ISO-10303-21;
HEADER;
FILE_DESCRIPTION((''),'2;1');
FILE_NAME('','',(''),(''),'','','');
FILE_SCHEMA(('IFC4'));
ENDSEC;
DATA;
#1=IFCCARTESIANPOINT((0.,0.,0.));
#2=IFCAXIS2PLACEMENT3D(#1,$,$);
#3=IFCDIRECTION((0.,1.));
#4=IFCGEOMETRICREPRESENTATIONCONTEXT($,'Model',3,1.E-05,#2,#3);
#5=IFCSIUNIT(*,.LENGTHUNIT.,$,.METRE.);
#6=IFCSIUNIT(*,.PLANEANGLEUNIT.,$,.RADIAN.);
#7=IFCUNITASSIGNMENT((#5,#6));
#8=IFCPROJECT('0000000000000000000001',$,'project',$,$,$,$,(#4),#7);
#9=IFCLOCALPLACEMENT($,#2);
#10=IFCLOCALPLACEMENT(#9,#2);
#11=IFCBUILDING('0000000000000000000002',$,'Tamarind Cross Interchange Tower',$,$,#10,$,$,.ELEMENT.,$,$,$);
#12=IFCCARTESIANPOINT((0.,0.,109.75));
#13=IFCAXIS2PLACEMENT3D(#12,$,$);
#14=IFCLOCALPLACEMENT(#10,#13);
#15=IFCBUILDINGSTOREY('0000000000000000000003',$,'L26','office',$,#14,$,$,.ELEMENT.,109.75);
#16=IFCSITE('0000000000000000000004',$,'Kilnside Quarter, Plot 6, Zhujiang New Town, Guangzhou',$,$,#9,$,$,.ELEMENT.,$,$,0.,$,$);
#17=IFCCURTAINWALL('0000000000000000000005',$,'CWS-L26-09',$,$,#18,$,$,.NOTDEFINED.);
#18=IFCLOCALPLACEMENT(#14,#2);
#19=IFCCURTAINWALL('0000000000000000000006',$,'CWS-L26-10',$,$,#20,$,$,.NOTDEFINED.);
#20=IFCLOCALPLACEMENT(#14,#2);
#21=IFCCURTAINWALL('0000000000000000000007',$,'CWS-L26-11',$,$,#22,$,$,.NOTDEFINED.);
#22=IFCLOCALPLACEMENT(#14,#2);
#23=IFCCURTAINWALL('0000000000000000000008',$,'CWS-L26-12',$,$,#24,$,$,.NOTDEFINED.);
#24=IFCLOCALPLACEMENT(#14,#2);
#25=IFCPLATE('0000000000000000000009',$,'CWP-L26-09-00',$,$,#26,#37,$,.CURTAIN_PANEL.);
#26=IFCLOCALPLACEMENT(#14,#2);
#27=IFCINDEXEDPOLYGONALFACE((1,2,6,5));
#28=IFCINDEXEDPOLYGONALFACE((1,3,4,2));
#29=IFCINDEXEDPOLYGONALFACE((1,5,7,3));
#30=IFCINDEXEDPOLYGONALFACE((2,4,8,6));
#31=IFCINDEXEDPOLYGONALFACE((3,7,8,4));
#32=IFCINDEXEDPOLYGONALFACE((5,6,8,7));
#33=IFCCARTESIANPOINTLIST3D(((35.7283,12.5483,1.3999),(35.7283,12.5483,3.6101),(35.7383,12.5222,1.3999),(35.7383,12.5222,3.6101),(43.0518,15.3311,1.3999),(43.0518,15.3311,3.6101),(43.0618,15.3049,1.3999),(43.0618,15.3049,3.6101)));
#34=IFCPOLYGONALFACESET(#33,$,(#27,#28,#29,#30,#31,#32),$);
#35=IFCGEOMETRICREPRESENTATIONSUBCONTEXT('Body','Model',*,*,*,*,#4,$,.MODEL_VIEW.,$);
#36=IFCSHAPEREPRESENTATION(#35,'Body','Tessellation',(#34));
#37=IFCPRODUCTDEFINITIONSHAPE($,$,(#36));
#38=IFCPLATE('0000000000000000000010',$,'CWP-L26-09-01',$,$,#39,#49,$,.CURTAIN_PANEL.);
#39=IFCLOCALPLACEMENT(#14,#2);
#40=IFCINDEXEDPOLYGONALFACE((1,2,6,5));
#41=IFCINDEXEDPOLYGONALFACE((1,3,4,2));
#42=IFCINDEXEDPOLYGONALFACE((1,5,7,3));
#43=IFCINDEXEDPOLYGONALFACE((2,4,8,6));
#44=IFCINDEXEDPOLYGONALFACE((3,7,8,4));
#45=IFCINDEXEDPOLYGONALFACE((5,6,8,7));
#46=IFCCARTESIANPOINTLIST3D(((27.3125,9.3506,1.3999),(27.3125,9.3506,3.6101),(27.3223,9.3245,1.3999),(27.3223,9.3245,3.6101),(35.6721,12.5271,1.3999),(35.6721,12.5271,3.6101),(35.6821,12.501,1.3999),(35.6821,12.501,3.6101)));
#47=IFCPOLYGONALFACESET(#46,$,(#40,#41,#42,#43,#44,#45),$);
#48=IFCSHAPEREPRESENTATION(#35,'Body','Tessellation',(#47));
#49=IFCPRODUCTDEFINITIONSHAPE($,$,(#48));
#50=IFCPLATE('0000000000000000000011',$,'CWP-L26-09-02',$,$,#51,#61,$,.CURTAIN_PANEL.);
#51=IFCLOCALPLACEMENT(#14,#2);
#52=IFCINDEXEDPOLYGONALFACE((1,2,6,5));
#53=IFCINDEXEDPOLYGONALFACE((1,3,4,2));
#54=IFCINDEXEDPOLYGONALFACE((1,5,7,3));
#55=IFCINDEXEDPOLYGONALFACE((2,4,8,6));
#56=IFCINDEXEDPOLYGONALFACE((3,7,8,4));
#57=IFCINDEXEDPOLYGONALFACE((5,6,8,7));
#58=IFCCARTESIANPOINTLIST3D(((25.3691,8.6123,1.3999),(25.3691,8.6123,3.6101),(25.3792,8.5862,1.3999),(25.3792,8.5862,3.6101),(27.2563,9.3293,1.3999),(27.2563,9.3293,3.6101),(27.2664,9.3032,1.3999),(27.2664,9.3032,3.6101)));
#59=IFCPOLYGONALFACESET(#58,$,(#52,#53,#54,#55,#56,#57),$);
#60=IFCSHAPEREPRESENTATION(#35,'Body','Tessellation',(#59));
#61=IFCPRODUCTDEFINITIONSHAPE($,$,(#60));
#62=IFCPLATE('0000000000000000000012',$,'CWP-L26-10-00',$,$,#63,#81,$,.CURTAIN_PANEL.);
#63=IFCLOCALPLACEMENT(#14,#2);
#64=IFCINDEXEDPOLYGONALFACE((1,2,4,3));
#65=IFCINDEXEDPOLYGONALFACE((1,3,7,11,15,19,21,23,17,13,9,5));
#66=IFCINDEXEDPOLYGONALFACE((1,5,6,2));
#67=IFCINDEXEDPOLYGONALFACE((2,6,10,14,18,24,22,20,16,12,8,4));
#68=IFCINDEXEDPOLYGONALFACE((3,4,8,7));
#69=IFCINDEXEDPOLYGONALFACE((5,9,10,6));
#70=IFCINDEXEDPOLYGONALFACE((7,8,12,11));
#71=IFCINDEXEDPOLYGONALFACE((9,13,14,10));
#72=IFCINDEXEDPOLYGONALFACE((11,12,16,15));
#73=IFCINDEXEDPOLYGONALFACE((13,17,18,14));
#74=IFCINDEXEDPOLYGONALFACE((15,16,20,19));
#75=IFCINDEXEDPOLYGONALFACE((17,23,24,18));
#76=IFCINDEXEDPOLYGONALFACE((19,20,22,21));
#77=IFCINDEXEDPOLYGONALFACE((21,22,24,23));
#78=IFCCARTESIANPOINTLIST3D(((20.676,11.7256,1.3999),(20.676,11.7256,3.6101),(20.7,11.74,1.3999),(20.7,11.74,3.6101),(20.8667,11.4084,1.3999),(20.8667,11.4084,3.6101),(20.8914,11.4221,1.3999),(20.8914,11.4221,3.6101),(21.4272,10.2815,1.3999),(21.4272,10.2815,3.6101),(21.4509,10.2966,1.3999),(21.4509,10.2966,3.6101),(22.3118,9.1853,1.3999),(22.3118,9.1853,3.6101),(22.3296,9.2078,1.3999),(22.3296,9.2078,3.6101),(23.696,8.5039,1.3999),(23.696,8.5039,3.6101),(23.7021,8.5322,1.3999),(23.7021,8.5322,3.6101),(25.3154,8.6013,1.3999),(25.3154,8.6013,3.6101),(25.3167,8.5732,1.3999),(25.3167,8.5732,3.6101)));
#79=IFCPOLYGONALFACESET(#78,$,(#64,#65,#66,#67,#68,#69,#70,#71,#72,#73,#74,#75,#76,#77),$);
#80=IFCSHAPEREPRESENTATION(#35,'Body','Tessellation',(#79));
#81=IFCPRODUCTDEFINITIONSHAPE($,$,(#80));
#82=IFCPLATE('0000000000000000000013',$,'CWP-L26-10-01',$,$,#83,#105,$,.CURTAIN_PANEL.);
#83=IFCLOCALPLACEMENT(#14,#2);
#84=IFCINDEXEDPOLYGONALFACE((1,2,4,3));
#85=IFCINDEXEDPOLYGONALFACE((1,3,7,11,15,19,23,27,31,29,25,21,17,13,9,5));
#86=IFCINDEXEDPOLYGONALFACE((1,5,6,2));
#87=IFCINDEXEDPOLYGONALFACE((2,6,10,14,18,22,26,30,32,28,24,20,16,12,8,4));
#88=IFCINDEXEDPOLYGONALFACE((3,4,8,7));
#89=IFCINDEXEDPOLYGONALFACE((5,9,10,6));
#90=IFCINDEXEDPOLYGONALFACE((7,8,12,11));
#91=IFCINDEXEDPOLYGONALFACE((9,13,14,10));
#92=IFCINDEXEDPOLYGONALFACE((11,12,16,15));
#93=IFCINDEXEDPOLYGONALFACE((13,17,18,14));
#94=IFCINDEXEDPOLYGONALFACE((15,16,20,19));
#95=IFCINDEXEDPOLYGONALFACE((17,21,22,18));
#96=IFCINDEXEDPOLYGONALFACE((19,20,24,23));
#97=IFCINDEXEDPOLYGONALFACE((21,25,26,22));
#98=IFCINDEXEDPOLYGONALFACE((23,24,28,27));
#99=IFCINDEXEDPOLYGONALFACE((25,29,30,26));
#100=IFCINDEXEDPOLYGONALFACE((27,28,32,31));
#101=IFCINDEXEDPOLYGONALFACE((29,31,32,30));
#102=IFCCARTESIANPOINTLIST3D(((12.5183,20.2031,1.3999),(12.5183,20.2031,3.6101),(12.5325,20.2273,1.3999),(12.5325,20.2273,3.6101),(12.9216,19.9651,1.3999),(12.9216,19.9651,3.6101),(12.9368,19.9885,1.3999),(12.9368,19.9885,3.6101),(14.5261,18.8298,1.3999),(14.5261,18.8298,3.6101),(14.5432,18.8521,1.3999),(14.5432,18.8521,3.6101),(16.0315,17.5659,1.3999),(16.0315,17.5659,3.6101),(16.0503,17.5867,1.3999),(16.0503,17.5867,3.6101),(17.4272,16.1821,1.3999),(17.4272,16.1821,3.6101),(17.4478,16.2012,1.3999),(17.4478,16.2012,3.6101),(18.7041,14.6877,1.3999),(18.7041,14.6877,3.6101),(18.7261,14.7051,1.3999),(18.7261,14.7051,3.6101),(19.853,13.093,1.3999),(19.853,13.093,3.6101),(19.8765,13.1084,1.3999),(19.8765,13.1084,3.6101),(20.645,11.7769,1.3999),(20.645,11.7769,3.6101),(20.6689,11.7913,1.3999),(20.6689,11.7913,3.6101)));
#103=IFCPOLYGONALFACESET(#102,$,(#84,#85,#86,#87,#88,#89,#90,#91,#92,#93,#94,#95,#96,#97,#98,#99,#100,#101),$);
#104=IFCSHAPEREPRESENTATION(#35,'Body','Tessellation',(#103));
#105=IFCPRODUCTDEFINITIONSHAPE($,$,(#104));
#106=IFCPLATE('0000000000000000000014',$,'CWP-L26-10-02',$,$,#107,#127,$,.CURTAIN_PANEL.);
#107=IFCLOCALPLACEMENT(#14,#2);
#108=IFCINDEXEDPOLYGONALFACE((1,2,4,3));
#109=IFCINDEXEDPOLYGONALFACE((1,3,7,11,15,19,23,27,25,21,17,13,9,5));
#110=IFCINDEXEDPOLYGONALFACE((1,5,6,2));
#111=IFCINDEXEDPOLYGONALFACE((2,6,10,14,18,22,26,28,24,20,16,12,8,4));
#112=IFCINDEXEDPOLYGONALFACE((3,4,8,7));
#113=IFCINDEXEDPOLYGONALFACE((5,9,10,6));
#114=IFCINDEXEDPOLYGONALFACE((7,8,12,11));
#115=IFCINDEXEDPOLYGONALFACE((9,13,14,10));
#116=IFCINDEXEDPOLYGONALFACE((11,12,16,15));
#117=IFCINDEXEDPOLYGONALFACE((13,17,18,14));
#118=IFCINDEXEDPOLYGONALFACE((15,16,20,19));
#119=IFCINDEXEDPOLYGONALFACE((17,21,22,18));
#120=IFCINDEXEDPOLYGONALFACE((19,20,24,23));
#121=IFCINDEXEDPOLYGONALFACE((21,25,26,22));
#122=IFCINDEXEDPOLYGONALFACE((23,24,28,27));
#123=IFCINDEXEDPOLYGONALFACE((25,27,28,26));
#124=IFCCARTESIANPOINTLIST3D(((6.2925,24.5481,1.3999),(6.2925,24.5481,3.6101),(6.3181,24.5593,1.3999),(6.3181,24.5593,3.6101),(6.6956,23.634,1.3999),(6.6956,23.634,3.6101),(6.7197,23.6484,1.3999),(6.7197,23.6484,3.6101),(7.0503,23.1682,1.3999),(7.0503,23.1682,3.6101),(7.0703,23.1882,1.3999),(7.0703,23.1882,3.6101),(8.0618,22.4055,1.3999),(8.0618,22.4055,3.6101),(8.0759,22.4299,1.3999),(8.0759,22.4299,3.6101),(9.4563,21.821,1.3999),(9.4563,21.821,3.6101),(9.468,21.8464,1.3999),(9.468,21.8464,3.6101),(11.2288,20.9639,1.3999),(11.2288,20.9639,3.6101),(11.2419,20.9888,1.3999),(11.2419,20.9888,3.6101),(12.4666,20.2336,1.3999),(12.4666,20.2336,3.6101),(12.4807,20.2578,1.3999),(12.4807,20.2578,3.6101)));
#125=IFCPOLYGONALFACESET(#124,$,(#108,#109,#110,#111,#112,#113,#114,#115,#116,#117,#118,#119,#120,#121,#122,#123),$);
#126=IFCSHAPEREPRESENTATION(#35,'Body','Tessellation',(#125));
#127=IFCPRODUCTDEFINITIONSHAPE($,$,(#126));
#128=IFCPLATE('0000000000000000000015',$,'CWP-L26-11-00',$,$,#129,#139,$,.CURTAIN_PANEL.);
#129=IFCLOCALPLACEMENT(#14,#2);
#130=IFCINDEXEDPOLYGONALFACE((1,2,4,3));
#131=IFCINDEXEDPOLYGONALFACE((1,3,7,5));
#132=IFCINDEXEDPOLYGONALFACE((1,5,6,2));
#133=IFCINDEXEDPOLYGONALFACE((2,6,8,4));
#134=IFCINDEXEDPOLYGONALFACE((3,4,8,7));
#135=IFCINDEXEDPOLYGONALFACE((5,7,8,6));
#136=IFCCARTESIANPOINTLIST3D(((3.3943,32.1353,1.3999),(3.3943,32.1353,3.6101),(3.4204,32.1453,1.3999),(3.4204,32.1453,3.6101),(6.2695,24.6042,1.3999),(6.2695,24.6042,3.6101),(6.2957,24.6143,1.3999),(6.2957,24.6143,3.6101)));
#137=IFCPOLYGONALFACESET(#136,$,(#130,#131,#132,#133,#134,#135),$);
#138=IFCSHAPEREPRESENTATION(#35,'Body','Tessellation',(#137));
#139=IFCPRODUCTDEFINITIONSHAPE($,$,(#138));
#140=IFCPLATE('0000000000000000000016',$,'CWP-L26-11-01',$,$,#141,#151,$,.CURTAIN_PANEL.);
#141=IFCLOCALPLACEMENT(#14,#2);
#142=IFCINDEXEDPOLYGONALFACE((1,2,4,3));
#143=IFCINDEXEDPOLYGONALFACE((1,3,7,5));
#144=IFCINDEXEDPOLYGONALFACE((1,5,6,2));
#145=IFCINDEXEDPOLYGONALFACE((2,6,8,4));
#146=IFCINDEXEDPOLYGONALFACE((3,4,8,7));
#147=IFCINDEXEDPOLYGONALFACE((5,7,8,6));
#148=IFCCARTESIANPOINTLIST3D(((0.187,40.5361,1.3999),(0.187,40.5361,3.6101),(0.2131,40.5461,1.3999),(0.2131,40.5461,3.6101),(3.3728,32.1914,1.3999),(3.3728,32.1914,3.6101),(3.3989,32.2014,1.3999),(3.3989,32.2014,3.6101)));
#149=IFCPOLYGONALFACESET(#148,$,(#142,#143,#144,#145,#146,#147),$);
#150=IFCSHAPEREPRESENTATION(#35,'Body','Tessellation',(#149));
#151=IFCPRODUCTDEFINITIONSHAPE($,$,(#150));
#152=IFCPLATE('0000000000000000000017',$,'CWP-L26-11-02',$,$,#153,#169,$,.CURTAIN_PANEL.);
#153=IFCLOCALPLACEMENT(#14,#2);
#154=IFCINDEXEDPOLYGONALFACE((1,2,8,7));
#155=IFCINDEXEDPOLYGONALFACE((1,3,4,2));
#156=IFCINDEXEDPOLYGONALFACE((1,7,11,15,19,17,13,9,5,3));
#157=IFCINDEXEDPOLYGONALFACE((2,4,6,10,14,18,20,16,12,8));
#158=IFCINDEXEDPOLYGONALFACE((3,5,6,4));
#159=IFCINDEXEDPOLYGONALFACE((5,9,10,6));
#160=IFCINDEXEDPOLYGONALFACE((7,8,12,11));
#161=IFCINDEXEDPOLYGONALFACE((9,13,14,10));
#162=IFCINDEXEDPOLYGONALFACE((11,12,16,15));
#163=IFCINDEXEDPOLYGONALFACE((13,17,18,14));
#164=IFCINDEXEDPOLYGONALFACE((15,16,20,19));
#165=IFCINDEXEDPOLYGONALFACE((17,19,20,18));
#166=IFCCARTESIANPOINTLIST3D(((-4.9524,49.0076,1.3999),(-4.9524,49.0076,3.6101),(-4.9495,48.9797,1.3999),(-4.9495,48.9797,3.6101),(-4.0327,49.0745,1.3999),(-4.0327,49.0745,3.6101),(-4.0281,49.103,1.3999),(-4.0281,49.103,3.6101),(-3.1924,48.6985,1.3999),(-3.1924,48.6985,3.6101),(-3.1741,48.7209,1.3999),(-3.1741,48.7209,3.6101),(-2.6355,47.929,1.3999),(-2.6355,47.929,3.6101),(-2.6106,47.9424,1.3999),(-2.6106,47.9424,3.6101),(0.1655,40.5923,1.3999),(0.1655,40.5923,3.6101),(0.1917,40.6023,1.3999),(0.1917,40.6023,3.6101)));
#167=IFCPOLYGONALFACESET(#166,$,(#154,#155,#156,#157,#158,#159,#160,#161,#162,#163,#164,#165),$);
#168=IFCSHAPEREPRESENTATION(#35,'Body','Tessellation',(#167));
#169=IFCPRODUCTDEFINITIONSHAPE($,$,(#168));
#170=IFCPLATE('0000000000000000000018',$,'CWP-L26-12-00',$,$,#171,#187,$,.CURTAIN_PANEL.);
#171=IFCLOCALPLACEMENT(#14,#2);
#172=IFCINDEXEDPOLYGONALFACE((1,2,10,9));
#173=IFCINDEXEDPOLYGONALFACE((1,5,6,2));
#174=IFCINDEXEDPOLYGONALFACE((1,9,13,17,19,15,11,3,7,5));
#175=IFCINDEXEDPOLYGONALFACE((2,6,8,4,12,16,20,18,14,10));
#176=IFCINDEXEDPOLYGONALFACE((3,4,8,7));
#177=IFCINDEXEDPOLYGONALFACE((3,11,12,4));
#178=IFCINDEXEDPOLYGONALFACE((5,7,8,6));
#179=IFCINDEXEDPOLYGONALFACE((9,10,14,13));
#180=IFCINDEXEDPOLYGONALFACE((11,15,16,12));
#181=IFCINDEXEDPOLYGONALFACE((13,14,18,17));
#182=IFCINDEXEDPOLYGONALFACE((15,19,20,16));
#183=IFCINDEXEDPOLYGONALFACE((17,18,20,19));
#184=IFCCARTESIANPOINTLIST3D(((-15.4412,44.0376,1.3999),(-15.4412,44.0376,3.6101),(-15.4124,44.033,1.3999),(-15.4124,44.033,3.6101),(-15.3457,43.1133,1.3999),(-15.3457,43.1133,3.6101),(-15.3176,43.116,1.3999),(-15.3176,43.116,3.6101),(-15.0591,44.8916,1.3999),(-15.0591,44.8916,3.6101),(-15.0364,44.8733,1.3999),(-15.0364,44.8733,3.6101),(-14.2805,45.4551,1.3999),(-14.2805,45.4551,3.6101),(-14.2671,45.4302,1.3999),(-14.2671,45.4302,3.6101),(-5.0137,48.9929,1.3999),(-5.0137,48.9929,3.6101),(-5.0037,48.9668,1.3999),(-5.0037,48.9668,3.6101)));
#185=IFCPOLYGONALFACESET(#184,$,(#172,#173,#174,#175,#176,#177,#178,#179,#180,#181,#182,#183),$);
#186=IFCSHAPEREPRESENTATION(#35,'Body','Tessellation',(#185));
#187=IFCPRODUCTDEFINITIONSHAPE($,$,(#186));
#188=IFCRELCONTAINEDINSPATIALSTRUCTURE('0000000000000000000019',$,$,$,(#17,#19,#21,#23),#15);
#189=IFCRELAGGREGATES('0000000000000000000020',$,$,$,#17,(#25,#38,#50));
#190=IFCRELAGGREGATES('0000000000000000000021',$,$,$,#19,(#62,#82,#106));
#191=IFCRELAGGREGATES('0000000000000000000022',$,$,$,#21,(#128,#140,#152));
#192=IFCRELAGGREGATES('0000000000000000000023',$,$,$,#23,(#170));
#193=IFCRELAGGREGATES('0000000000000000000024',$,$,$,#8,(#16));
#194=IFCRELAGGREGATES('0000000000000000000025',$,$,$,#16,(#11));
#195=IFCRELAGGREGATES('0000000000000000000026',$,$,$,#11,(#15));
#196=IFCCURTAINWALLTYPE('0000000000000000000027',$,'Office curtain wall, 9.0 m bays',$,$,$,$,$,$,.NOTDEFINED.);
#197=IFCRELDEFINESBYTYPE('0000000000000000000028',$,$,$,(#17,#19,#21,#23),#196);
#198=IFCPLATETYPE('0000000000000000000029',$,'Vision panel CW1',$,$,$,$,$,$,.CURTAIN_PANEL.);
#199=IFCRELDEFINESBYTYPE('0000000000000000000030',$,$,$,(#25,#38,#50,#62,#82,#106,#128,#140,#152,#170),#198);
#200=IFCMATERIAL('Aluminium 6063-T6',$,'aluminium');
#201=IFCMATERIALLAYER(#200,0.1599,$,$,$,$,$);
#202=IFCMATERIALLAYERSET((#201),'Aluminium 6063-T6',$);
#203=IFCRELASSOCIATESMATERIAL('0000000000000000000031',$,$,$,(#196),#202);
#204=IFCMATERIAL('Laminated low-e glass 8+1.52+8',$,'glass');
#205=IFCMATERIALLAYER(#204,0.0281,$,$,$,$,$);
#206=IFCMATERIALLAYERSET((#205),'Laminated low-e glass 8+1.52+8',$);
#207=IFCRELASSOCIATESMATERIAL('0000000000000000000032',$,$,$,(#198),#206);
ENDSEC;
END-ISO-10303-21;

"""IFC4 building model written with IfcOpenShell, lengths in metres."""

from ifc_helpers import new_model, si_unit, direction, frame, origin, place, context, subcontext, project, spatial, polyline, outline, extrude, material, layer, layer_set, type_object, element, aggregate, save


model = new_model("IFC4")

# Units and contexts
model_context = context("Model", 3, precision=1e-05, world=origin(), true_north=direction((0.0, 1.0)))
body_context = subcontext(model_context, "Body", "Model", "MODEL_VIEW")
ifc_project = project(units=[si_unit("LENGTHUNIT", "METRE"), si_unit("PLANEANGLEUNIT", "RADIAN")], contexts=[model_context])

# Site, building, storey
site_placement = place(None, origin())
site = spatial("IfcSite", under=ifc_project, at=site_placement, Name="Kilnside Quarter, Plot 6, Zhujiang New Town, Guangzhou", CompositionType="ELEMENT", RefElevation=0.0)
building_placement = place(site_placement, origin())
building = spatial("IfcBuilding", under=site, at=building_placement, Name="Tamarind Cross Interchange Tower", CompositionType="ELEMENT")
storey_placement = place(building_placement, frame((0.0, 0.0, 109.75)))
storey = spatial("IfcBuildingStorey", under=building, at=storey_placement, Name="L26", Description="office", CompositionType="ELEMENT", Elevation=109.75)

# Curtain walls
ifc_material_1 = material(Name="Aluminium 6063-T6", Category="aluminium")
ifc_layer_1 = layer(ifc_material_1, 0.1599)
ifc_layer_set_1 = layer_set([ifc_layer_1], Name="Aluminium 6063-T6")
curtain_wall_type = type_object("IfcCurtainWallType", Name="Office curtain wall, 9.0 m bays", PredefinedType="NOTDEFINED", material=ifc_layer_set_1)
curtain_wall_1_placement = place(storey_placement, origin())
curtain_wall_1 = element("IfcCurtainWall", 1, at=curtain_wall_1_placement, inside=storey, type_object=curtain_wall_type, Name="CWS-L26-09", PredefinedType="NOTDEFINED")
curtain_wall_2_placement = place(storey_placement, origin())
curtain_wall_2 = element("IfcCurtainWall", 2, at=curtain_wall_2_placement, inside=storey, type_object=curtain_wall_type, Name="CWS-L26-10", PredefinedType="NOTDEFINED")
curtain_wall_3_placement = place(storey_placement, origin())
curtain_wall_3 = element("IfcCurtainWall", 3, at=curtain_wall_3_placement, inside=storey, type_object=curtain_wall_type, Name="CWS-L26-11", PredefinedType="NOTDEFINED")
curtain_wall_4_placement = place(storey_placement, origin())
curtain_wall_4 = element("IfcCurtainWall", 4, at=curtain_wall_4_placement, inside=storey, type_object=curtain_wall_type, Name="CWS-L26-12", PredefinedType="NOTDEFINED")

# Plates
ifc_material_2 = material(Name="Laminated low-e glass 8+1.52+8", Category="glass")
ifc_layer_2 = layer(ifc_material_2, 0.0281)
ifc_layer_set_2 = layer_set([ifc_layer_2], Name="Laminated low-e glass 8+1.52+8")
plate_type = type_object("IfcPlateType", Name="Vision panel CW1", PredefinedType="CURTAIN_PANEL", material=ifc_layer_set_2)
plate_1_placement = place(storey_placement, frame((0.0, 0.0, 1.3999)))
plate_1 = element("IfcPlate", 5, at=plate_1_placement, type_object=plate_type, Name="CWP-L26-09-00", PredefinedType="CURTAIN_PANEL", context=body_context, shape_type="SweptSolid", body=[
    extrude(outline(polyline([(43.0618, 15.3049), (35.7383, 12.5222), (35.7283, 12.5483), (43.0518, 15.3311), (43.0618, 15.3049)])), origin(), (0.0, 0.0, 1.0), 2.2102),
])
plate_2_placement = place(storey_placement, frame((0.0, 0.0, 1.3999)))
plate_2 = element("IfcPlate", 6, at=plate_2_placement, type_object=plate_type, Name="CWP-L26-09-01", PredefinedType="CURTAIN_PANEL", context=body_context, shape_type="SweptSolid", body=[
    extrude(outline(polyline([(35.6821, 12.501), (27.3223, 9.3245), (27.3125, 9.3506), (35.6721, 12.5271), (35.6821, 12.501)])), origin(), (0.0, 0.0, 1.0), 2.2102),
])
plate_3_placement = place(storey_placement, frame((0.0, 0.0, 1.3999)))
plate_3 = element("IfcPlate", 7, at=plate_3_placement, type_object=plate_type, Name="CWP-L26-09-02", PredefinedType="CURTAIN_PANEL", context=body_context, shape_type="SweptSolid", body=[
    extrude(outline(polyline([(27.2664, 9.3032), (25.3792, 8.5862), (25.3691, 8.6123), (27.2563, 9.3293), (27.2664, 9.3032)])), origin(), (0.0, 0.0, 1.0), 2.2102),
])
aggregate(curtain_wall_1, [plate_1, plate_2, plate_3])
plate_4_placement = place(storey_placement, frame((0.0, 0.0, 1.3999)))
plate_4 = element("IfcPlate", 8, at=plate_4_placement, type_object=plate_type, Name="CWP-L26-10-00", PredefinedType="CURTAIN_PANEL", context=body_context, shape_type="SweptSolid", body=[
    extrude(outline(polyline([(25.3167, 8.5732), (23.696, 8.5039), (22.3118, 9.1853), (21.4272, 10.2815), (20.8667, 11.4084), (20.676, 11.7256), (20.7, 11.74), (20.8914, 11.4221), (21.4509, 10.2966), (22.3296, 9.2078), (23.7021, 8.5322), (25.3154, 8.6013), (25.3167, 8.5732)])), origin(), (0.0, 0.0, 1.0), 2.2102),
])
plate_5_placement = place(storey_placement, frame((0.0, 0.0, 1.3999)))
plate_5 = element("IfcPlate", 9, at=plate_5_placement, type_object=plate_type, Name="CWP-L26-10-01", PredefinedType="CURTAIN_PANEL", context=body_context, shape_type="SweptSolid", body=[
    extrude(outline(polyline([(20.645, 11.7769), (19.853, 13.093), (18.7041, 14.6877), (17.4272, 16.1821), (16.0315, 17.5659), (14.5261, 18.8298), (12.9216, 19.9651), (12.5183, 20.2031), (12.5325, 20.2273), (12.9368, 19.9885), (14.5432, 18.8521), (16.0503, 17.5867), (17.4478, 16.2012), (18.7261, 14.7051), (19.8765, 13.1084), (20.6689, 11.7913), (20.645, 11.7769)])), origin(), (0.0, 0.0, 1.0), 2.2102),
])
plate_6_placement = place(storey_placement, frame((0.0, 0.0, 1.3999)))
plate_6 = element("IfcPlate", 10, at=plate_6_placement, type_object=plate_type, Name="CWP-L26-10-02", PredefinedType="CURTAIN_PANEL", context=body_context, shape_type="SweptSolid", body=[
    extrude(outline(polyline([(12.4666, 20.2336), (11.2288, 20.9639), (9.4563, 21.821), (8.0618, 22.4055), (7.0503, 23.1682), (6.6956, 23.634), (6.2925, 24.5481), (6.3181, 24.5593), (6.7197, 23.6484), (7.0703, 23.1882), (8.0759, 22.4299), (9.468, 21.8464), (11.2419, 20.9888), (12.4807, 20.2578), (12.4666, 20.2336)])), origin(), (0.0, 0.0, 1.0), 2.2102),
])
aggregate(curtain_wall_2, [plate_4, plate_5, plate_6])
plate_7_placement = place(storey_placement, frame((0.0, 0.0, 1.3999)))
plate_7 = element("IfcPlate", 11, at=plate_7_placement, type_object=plate_type, Name="CWP-L26-11-00", PredefinedType="CURTAIN_PANEL", context=body_context, shape_type="SweptSolid", body=[
    extrude(outline(polyline([(6.2695, 24.6042), (3.3943, 32.1353), (3.4204, 32.1453), (6.2957, 24.6143), (6.2695, 24.6042)])), origin(), (0.0, 0.0, 1.0), 2.2102),
])
plate_8_placement = place(storey_placement, frame((0.0, 0.0, 1.3999)))
plate_8 = element("IfcPlate", 12, at=plate_8_placement, type_object=plate_type, Name="CWP-L26-11-01", PredefinedType="CURTAIN_PANEL", context=body_context, shape_type="SweptSolid", body=[
    extrude(outline(polyline([(3.3728, 32.1914), (0.187, 40.5361), (0.2131, 40.5461), (3.3989, 32.2014), (3.3728, 32.1914)])), origin(), (0.0, 0.0, 1.0), 2.2102),
])
plate_9_placement = place(storey_placement, frame((0.0, 0.0, 1.3999)))
plate_9 = element("IfcPlate", 13, at=plate_9_placement, type_object=plate_type, Name="CWP-L26-11-02", PredefinedType="CURTAIN_PANEL", context=body_context, shape_type="SweptSolid", body=[
    extrude(outline(polyline([(0.1655, 40.5923), (-2.6355, 47.929), (-3.1924, 48.6985), (-4.0327, 49.0745), (-4.9495, 48.9797), (-4.9524, 49.0076), (-4.0281, 49.103), (-3.1741, 48.7209), (-2.6106, 47.9424), (0.1917, 40.6023), (0.1655, 40.5923)])), origin(), (0.0, 0.0, 1.0), 2.2102),
])
aggregate(curtain_wall_3, [plate_7, plate_8, plate_9])
plate_10_placement = place(storey_placement, frame((0.0, 0.0, 1.3999)))
plate_10 = element("IfcPlate", 14, at=plate_10_placement, type_object=plate_type, Name="CWP-L26-12-00", PredefinedType="CURTAIN_PANEL", context=body_context, shape_type="SweptSolid", body=[
    extrude(outline(polyline([(-5.0037, 48.9668), (-14.2671, 45.4302), (-15.0364, 44.8733), (-15.4124, 44.033), (-15.3176, 43.116), (-15.3457, 43.1133), (-15.4412, 44.0376), (-15.0591, 44.8916), (-14.2805, 45.4551), (-5.0137, 48.9929), (-5.0037, 48.9668)])), origin(), (0.0, 0.0, 1.0), 2.2102),
])
aggregate(curtain_wall_4, [plate_10])

save(model, "model.ifc")
